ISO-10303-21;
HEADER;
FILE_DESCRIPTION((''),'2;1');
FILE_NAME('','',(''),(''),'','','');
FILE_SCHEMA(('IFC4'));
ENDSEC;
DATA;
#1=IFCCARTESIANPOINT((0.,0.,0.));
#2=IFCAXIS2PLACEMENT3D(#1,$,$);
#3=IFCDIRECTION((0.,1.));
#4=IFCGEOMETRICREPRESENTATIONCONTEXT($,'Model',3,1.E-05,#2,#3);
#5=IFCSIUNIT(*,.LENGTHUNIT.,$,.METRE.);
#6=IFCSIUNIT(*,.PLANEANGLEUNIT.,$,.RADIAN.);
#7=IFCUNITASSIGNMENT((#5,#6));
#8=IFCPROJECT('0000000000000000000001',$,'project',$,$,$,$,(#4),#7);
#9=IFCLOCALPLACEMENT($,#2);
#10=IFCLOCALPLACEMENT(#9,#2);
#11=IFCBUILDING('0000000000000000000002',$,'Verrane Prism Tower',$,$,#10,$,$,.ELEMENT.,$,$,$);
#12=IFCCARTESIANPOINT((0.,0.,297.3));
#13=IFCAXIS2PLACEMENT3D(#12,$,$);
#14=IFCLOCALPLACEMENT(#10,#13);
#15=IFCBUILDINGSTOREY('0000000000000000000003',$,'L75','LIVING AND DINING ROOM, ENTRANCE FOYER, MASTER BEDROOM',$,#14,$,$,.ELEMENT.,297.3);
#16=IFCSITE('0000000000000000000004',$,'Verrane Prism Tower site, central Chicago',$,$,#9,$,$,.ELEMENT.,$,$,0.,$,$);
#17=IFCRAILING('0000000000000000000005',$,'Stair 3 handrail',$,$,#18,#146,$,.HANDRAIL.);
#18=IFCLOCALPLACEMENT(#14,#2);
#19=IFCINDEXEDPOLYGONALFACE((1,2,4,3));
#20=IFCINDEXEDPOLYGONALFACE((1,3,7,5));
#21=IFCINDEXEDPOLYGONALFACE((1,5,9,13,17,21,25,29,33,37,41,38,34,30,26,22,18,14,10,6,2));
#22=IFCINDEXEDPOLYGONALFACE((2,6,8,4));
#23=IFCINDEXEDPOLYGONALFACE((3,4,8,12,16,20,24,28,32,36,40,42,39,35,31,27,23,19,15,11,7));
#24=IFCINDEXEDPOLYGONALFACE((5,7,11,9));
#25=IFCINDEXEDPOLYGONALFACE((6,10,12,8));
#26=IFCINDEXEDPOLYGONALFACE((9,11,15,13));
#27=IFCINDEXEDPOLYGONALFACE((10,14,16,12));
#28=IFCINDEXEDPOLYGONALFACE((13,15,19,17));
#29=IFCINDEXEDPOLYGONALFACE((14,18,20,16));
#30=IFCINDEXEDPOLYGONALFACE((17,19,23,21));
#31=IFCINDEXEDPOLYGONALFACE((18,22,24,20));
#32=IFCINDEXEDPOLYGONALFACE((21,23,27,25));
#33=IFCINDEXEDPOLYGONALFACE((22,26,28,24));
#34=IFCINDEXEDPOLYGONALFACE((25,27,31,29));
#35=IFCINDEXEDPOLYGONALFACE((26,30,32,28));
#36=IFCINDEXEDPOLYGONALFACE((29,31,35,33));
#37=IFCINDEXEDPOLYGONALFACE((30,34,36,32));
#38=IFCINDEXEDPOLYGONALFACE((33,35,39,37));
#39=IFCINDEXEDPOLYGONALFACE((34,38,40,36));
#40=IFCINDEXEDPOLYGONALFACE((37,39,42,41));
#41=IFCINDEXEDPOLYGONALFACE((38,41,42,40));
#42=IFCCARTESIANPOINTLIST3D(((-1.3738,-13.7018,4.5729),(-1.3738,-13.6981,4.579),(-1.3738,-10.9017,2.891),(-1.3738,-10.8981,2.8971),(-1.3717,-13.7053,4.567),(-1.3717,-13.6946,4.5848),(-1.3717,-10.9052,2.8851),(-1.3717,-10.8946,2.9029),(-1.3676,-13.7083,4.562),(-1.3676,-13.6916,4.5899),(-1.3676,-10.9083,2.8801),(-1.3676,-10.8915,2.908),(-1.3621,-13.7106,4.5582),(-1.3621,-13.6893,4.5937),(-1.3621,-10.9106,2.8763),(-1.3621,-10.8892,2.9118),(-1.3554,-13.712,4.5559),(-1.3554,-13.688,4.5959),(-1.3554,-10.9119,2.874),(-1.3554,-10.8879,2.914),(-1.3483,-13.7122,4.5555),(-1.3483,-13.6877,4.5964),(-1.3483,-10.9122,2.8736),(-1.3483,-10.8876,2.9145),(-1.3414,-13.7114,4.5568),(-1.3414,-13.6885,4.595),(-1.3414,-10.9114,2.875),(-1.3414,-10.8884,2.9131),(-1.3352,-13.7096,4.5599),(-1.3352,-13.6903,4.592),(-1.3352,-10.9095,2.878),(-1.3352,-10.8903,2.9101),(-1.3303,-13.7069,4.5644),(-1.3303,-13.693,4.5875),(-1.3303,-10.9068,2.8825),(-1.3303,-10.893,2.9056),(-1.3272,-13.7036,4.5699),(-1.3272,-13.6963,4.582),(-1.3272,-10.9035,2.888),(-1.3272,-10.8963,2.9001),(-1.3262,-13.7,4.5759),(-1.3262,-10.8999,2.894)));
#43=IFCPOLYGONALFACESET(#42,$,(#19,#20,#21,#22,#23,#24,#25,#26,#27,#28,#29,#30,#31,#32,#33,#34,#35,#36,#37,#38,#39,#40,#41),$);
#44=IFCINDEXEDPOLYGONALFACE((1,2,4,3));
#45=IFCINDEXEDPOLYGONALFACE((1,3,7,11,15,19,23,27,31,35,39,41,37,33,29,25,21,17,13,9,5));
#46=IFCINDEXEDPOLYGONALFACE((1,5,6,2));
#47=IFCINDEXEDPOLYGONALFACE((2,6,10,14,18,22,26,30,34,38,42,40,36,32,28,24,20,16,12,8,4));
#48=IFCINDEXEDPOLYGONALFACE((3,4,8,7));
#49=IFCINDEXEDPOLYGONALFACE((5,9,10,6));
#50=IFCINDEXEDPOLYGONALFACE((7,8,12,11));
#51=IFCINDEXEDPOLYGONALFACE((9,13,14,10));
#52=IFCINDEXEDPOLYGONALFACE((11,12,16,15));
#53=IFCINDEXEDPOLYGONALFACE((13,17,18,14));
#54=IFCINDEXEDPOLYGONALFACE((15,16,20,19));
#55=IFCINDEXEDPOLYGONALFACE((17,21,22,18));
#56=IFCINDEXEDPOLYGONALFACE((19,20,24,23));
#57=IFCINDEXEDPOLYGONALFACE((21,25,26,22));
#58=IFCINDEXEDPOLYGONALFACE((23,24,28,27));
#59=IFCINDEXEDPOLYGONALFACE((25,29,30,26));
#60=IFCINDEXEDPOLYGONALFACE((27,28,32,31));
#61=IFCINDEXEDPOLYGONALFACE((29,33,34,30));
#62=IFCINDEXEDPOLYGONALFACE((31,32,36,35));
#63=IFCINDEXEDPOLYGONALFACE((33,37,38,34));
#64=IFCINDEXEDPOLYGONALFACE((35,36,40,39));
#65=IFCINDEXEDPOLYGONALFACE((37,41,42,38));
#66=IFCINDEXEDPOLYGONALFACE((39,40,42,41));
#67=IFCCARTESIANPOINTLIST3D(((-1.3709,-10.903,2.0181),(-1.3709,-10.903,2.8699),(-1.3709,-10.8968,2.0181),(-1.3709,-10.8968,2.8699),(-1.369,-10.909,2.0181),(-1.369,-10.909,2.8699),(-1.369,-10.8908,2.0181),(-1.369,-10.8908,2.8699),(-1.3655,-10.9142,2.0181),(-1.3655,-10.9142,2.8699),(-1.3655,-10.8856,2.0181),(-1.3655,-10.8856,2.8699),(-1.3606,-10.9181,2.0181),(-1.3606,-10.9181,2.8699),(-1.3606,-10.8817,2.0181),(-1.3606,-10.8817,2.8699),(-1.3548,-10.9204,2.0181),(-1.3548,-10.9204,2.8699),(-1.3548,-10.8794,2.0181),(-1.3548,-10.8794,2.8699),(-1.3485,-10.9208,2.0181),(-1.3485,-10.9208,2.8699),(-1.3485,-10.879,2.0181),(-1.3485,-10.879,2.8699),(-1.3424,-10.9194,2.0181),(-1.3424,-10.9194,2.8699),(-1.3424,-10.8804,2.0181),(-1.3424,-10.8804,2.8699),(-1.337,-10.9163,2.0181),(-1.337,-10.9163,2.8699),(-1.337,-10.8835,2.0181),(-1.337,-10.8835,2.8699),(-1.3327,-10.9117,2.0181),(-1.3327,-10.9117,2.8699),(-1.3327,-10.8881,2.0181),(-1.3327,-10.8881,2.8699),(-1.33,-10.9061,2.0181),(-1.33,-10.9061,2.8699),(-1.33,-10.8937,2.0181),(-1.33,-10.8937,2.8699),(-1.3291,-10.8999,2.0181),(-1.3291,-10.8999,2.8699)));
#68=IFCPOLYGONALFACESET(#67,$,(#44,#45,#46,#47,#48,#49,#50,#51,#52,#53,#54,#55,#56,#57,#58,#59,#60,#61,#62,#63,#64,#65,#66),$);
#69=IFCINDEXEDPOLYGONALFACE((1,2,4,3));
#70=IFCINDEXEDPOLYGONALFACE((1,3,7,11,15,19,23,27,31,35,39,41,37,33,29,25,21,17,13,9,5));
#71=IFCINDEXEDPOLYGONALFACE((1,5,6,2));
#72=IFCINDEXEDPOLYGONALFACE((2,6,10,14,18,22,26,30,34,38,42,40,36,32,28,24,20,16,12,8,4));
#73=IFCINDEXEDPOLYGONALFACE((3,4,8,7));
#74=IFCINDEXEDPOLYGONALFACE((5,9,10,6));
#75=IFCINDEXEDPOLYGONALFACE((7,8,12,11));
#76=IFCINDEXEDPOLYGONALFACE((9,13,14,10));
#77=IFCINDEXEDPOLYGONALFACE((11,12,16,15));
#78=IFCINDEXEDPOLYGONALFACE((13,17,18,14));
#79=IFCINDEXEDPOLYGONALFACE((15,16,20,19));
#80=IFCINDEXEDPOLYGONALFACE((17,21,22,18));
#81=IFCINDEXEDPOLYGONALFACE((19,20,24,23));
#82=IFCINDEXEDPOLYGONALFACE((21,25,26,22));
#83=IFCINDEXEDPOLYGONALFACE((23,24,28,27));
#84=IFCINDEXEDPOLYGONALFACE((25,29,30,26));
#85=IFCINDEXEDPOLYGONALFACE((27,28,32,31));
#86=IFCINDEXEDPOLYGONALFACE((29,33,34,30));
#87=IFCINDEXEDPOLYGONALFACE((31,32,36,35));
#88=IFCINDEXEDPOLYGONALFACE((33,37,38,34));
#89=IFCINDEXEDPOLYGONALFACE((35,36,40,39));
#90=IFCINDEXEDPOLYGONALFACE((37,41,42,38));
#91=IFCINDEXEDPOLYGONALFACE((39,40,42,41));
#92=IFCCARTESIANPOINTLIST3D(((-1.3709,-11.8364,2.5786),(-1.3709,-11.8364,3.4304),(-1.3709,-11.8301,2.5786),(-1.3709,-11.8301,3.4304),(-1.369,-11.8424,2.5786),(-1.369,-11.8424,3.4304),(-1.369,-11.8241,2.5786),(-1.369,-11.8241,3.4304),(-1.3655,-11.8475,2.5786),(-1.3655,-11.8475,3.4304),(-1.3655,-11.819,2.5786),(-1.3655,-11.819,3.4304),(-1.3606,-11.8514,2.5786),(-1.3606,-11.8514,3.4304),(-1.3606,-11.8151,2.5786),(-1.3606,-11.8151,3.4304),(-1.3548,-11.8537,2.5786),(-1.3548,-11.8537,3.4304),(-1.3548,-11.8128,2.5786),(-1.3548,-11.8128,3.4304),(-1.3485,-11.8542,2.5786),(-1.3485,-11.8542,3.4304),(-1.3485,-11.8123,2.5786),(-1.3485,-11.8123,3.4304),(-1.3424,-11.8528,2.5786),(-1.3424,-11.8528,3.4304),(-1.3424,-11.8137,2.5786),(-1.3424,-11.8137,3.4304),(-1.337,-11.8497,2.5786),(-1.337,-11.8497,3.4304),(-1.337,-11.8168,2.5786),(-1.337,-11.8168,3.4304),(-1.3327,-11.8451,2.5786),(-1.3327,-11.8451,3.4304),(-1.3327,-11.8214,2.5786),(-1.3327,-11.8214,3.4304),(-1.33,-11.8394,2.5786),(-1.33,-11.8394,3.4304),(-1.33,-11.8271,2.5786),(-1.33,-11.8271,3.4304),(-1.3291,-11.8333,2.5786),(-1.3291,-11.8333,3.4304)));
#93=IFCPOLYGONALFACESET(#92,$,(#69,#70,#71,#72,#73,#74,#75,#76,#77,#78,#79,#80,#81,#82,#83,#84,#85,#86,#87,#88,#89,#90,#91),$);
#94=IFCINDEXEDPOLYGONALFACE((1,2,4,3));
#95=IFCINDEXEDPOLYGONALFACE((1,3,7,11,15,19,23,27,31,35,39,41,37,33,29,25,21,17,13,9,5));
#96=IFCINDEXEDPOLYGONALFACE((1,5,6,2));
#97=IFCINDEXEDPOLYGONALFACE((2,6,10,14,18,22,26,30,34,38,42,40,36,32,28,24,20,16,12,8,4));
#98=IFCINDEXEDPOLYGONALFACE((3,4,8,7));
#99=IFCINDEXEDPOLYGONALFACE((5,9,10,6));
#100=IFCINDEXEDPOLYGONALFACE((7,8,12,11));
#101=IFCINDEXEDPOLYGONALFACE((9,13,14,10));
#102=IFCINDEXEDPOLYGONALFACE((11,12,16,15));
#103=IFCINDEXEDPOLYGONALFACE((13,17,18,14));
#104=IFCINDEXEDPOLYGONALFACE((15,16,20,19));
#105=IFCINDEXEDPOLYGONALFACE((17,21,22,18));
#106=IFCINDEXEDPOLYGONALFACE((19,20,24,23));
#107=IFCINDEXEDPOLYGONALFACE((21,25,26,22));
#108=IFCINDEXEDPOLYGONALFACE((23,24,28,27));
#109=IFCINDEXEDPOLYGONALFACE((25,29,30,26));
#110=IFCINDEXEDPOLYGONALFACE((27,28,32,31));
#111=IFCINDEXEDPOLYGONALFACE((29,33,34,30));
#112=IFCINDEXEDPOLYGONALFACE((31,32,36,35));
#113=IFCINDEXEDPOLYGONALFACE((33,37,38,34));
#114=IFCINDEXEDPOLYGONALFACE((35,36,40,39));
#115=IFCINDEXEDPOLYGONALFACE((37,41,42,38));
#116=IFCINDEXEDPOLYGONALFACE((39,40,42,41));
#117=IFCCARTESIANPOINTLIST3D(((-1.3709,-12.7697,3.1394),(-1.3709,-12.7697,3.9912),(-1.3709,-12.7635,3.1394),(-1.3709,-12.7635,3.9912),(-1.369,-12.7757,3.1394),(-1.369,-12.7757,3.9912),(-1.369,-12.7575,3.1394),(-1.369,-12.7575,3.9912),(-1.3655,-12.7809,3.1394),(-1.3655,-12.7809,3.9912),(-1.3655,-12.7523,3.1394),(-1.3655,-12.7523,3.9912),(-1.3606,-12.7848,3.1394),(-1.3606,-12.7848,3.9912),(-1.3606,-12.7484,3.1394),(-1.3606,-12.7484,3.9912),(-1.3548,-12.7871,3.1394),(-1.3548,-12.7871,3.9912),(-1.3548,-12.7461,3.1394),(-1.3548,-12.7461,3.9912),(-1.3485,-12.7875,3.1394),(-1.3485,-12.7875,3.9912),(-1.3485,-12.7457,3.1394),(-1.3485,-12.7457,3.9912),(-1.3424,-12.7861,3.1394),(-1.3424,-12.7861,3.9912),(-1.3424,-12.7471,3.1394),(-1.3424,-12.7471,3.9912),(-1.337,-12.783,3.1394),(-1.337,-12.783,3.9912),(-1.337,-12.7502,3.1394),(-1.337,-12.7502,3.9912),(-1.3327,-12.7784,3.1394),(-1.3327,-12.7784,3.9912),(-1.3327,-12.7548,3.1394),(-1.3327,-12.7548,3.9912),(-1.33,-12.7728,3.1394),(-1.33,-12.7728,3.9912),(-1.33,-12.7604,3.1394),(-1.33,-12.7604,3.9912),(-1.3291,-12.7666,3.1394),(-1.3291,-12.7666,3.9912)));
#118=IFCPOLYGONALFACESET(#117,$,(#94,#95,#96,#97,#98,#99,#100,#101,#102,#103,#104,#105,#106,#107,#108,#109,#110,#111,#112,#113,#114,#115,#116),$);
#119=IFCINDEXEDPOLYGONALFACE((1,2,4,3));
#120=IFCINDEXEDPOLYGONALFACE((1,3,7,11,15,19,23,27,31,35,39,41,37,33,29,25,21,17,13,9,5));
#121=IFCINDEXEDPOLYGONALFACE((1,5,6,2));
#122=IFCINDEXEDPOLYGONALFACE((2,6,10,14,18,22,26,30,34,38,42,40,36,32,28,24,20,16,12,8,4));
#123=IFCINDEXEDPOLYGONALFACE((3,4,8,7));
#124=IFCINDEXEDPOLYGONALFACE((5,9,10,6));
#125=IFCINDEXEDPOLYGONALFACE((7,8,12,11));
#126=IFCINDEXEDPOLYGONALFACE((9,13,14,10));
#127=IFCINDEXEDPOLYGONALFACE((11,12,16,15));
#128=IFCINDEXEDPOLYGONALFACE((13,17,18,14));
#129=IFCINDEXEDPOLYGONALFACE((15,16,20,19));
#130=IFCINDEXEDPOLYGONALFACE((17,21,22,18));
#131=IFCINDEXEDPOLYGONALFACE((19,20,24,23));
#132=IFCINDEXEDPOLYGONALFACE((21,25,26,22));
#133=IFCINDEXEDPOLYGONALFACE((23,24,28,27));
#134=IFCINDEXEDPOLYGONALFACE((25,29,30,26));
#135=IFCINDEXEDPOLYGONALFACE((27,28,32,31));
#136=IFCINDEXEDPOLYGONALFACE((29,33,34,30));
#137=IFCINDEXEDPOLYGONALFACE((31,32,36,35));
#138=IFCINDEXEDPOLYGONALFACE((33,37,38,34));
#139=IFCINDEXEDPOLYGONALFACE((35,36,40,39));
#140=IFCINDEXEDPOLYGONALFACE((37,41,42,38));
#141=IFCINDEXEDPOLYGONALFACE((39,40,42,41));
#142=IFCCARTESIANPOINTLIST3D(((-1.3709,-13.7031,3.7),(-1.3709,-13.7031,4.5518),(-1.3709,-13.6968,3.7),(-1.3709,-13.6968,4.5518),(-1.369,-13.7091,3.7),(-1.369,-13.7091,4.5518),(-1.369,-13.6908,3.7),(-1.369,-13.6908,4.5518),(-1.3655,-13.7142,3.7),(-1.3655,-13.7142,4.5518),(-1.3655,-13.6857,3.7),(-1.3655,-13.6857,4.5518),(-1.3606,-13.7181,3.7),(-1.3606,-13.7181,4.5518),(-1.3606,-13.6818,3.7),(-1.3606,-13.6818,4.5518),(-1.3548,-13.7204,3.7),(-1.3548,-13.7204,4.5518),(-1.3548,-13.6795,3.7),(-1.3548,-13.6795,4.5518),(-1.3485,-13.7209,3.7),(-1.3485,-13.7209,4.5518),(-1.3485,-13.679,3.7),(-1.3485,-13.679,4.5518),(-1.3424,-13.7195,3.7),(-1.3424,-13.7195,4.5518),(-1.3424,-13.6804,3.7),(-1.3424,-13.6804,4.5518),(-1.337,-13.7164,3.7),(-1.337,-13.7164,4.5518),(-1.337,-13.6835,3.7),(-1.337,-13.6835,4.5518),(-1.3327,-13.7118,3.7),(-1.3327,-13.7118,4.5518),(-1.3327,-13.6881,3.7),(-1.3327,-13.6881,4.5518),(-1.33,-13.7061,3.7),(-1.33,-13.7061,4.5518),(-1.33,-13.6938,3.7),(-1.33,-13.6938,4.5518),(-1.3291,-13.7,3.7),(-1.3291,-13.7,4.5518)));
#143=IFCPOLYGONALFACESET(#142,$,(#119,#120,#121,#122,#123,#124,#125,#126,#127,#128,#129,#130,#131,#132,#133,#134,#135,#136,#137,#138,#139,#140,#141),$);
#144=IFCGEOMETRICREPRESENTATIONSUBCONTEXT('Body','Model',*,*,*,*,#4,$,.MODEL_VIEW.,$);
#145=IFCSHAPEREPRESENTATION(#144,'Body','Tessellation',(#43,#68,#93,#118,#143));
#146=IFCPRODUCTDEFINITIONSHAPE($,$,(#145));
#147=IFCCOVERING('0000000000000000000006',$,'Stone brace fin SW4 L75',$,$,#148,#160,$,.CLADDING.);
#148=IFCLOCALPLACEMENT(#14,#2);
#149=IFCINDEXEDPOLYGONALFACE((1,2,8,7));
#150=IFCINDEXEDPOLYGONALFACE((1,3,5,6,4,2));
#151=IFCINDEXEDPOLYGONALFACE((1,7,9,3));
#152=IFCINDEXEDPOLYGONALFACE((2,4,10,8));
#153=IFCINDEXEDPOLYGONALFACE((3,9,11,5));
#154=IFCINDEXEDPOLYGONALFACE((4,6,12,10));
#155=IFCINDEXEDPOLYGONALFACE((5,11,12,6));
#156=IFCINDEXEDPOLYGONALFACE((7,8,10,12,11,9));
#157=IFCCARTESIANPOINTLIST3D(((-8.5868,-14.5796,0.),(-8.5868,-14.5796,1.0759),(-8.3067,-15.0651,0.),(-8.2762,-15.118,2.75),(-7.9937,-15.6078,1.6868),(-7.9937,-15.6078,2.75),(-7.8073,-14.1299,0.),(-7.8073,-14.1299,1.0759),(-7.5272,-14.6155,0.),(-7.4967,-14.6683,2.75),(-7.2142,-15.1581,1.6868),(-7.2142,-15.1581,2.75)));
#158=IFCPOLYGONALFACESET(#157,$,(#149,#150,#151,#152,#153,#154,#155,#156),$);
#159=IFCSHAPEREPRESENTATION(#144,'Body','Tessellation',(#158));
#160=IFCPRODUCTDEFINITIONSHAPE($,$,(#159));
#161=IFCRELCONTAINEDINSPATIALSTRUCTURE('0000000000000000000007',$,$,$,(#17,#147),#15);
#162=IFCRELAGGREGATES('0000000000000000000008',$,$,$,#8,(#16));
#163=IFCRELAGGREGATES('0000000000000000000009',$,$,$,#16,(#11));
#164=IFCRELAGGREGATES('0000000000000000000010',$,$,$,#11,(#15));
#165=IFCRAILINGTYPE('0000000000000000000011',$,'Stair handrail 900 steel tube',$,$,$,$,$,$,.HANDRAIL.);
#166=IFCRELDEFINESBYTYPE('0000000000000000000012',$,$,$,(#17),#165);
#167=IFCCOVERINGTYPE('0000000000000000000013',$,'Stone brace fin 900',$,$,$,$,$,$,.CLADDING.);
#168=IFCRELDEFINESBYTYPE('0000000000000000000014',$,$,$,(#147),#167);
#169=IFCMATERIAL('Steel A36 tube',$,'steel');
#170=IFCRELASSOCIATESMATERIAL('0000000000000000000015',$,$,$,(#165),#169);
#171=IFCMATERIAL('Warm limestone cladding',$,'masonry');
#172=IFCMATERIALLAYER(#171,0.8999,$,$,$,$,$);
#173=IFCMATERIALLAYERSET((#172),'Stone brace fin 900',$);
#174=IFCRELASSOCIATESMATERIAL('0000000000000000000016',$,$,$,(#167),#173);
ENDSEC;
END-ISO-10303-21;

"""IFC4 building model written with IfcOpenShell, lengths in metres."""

from ifc_helpers import new_model, si_unit, direction, frame, origin, origin_2d, place, context, subcontext, project, spatial, polyline, circle, outline, extrude, material, layer, layer_set, type_object, element, save


model = new_model("IFC4")

# Units and contexts
model_context = context("Model", 3, precision=1e-05, world=origin(), true_north=direction((0.0, 1.0)))
body_context = subcontext(model_context, "Body", "Model", "MODEL_VIEW")
ifc_project = project(units=[si_unit("LENGTHUNIT", "METRE"), si_unit("PLANEANGLEUNIT", "RADIAN")], contexts=[model_context])

# Site, building, storey
site_placement = place(None, origin())
site = spatial("IfcSite", under=ifc_project, at=site_placement, Name="Verrane Prism Tower site, central Chicago", CompositionType="ELEMENT", RefElevation=0.0)
building_placement = place(site_placement, origin())
building = spatial("IfcBuilding", under=site, at=building_placement, Name="Verrane Prism Tower", CompositionType="ELEMENT")
storey_placement = place(building_placement, frame((0.0, 0.0, 297.3)))
storey = spatial("IfcBuildingStorey", under=building, at=storey_placement, Name="L75", Description="LIVING AND DINING ROOM, ENTRANCE FOYER, MASTER BEDROOM", CompositionType="ELEMENT", Elevation=297.3)

# Railing
ifc_material_1 = material(Name="Steel A36 tube", Category="steel")
railing_type = type_object("IfcRailingType", Name="Stair handrail 900 steel tube", PredefinedType="HANDRAIL", material=ifc_material_1)
railing_placement = place(storey_placement, frame((-1.3501, -10.8999, 2.0181)))
element("IfcRailing", 1, at=railing_placement, inside=storey, type_object=railing_type, Name="Stair 3 handrail", PredefinedType="HANDRAIL", context=body_context, shape_type="SweptSolid", body=[
    extrude(circle(Radius=0.0239, at=origin_2d()), frame((0.0, 0.0, 0.876), z_axis=(0.0, -0.857242, 0.514913), x_axis=(1.0, 0.0, 0.0)), (0.0, 0.0, 1.0), 3.2664),
    extrude(circle(Radius=0.021, at=origin_2d()), origin(), (0.0, 0.0, 1.0), 0.8518),
    extrude(circle(Radius=0.021, at=origin_2d()), frame((0.0, -0.9333, 0.5605)), (0.0, 0.0, 1.0), 0.8518),
    extrude(circle(Radius=0.021, at=origin_2d()), frame((0.0, -1.8667, 1.1213)), (0.0, 0.0, 1.0), 0.8518),
    extrude(circle(Radius=0.021, at=origin_2d()), frame((0.0, -2.8, 1.6819)), (0.0, 0.0, 1.0), 0.8518),
])

# Covering
ifc_material_2 = material(Name="Warm limestone cladding", Category="masonry")
ifc_layer_1 = layer(ifc_material_2, 0.8999)
ifc_layer_set_1 = layer_set([ifc_layer_1], Name="Stone brace fin 900")
covering_type = type_object("IfcCoveringType", Name="Stone brace fin 900", PredefinedType="CLADDING", material=ifc_layer_set_1)
covering_placement = place(storey_placement, frame((-8.197, -14.3547, 0.0), z_axis=(0.0, 0.0, 1.0), x_axis=(0.499657, -0.866223, 0.0)))
element("IfcCovering", 2, at=covering_placement, inside=storey, type_object=covering_type, Name="Stone brace fin SW4 L75", PredefinedType="CLADDING", context=body_context, shape_type="SweptSolid", body=[
    extrude(outline(polyline([(1.187, 2.75), (0.6216, 2.75), (0.0, 1.0759), (0.0, 0.0), (0.5605, 0.0), (1.187, 1.6868), (1.187, 2.75)])), frame((0.0, 0.45, 0.0), z_axis=(0.0, -1.0, 0.0), x_axis=(1.0, 0.0, 0.0)), (0.0, 0.0, 1.0), 0.8999),
])

save(model, "model.ifc")
